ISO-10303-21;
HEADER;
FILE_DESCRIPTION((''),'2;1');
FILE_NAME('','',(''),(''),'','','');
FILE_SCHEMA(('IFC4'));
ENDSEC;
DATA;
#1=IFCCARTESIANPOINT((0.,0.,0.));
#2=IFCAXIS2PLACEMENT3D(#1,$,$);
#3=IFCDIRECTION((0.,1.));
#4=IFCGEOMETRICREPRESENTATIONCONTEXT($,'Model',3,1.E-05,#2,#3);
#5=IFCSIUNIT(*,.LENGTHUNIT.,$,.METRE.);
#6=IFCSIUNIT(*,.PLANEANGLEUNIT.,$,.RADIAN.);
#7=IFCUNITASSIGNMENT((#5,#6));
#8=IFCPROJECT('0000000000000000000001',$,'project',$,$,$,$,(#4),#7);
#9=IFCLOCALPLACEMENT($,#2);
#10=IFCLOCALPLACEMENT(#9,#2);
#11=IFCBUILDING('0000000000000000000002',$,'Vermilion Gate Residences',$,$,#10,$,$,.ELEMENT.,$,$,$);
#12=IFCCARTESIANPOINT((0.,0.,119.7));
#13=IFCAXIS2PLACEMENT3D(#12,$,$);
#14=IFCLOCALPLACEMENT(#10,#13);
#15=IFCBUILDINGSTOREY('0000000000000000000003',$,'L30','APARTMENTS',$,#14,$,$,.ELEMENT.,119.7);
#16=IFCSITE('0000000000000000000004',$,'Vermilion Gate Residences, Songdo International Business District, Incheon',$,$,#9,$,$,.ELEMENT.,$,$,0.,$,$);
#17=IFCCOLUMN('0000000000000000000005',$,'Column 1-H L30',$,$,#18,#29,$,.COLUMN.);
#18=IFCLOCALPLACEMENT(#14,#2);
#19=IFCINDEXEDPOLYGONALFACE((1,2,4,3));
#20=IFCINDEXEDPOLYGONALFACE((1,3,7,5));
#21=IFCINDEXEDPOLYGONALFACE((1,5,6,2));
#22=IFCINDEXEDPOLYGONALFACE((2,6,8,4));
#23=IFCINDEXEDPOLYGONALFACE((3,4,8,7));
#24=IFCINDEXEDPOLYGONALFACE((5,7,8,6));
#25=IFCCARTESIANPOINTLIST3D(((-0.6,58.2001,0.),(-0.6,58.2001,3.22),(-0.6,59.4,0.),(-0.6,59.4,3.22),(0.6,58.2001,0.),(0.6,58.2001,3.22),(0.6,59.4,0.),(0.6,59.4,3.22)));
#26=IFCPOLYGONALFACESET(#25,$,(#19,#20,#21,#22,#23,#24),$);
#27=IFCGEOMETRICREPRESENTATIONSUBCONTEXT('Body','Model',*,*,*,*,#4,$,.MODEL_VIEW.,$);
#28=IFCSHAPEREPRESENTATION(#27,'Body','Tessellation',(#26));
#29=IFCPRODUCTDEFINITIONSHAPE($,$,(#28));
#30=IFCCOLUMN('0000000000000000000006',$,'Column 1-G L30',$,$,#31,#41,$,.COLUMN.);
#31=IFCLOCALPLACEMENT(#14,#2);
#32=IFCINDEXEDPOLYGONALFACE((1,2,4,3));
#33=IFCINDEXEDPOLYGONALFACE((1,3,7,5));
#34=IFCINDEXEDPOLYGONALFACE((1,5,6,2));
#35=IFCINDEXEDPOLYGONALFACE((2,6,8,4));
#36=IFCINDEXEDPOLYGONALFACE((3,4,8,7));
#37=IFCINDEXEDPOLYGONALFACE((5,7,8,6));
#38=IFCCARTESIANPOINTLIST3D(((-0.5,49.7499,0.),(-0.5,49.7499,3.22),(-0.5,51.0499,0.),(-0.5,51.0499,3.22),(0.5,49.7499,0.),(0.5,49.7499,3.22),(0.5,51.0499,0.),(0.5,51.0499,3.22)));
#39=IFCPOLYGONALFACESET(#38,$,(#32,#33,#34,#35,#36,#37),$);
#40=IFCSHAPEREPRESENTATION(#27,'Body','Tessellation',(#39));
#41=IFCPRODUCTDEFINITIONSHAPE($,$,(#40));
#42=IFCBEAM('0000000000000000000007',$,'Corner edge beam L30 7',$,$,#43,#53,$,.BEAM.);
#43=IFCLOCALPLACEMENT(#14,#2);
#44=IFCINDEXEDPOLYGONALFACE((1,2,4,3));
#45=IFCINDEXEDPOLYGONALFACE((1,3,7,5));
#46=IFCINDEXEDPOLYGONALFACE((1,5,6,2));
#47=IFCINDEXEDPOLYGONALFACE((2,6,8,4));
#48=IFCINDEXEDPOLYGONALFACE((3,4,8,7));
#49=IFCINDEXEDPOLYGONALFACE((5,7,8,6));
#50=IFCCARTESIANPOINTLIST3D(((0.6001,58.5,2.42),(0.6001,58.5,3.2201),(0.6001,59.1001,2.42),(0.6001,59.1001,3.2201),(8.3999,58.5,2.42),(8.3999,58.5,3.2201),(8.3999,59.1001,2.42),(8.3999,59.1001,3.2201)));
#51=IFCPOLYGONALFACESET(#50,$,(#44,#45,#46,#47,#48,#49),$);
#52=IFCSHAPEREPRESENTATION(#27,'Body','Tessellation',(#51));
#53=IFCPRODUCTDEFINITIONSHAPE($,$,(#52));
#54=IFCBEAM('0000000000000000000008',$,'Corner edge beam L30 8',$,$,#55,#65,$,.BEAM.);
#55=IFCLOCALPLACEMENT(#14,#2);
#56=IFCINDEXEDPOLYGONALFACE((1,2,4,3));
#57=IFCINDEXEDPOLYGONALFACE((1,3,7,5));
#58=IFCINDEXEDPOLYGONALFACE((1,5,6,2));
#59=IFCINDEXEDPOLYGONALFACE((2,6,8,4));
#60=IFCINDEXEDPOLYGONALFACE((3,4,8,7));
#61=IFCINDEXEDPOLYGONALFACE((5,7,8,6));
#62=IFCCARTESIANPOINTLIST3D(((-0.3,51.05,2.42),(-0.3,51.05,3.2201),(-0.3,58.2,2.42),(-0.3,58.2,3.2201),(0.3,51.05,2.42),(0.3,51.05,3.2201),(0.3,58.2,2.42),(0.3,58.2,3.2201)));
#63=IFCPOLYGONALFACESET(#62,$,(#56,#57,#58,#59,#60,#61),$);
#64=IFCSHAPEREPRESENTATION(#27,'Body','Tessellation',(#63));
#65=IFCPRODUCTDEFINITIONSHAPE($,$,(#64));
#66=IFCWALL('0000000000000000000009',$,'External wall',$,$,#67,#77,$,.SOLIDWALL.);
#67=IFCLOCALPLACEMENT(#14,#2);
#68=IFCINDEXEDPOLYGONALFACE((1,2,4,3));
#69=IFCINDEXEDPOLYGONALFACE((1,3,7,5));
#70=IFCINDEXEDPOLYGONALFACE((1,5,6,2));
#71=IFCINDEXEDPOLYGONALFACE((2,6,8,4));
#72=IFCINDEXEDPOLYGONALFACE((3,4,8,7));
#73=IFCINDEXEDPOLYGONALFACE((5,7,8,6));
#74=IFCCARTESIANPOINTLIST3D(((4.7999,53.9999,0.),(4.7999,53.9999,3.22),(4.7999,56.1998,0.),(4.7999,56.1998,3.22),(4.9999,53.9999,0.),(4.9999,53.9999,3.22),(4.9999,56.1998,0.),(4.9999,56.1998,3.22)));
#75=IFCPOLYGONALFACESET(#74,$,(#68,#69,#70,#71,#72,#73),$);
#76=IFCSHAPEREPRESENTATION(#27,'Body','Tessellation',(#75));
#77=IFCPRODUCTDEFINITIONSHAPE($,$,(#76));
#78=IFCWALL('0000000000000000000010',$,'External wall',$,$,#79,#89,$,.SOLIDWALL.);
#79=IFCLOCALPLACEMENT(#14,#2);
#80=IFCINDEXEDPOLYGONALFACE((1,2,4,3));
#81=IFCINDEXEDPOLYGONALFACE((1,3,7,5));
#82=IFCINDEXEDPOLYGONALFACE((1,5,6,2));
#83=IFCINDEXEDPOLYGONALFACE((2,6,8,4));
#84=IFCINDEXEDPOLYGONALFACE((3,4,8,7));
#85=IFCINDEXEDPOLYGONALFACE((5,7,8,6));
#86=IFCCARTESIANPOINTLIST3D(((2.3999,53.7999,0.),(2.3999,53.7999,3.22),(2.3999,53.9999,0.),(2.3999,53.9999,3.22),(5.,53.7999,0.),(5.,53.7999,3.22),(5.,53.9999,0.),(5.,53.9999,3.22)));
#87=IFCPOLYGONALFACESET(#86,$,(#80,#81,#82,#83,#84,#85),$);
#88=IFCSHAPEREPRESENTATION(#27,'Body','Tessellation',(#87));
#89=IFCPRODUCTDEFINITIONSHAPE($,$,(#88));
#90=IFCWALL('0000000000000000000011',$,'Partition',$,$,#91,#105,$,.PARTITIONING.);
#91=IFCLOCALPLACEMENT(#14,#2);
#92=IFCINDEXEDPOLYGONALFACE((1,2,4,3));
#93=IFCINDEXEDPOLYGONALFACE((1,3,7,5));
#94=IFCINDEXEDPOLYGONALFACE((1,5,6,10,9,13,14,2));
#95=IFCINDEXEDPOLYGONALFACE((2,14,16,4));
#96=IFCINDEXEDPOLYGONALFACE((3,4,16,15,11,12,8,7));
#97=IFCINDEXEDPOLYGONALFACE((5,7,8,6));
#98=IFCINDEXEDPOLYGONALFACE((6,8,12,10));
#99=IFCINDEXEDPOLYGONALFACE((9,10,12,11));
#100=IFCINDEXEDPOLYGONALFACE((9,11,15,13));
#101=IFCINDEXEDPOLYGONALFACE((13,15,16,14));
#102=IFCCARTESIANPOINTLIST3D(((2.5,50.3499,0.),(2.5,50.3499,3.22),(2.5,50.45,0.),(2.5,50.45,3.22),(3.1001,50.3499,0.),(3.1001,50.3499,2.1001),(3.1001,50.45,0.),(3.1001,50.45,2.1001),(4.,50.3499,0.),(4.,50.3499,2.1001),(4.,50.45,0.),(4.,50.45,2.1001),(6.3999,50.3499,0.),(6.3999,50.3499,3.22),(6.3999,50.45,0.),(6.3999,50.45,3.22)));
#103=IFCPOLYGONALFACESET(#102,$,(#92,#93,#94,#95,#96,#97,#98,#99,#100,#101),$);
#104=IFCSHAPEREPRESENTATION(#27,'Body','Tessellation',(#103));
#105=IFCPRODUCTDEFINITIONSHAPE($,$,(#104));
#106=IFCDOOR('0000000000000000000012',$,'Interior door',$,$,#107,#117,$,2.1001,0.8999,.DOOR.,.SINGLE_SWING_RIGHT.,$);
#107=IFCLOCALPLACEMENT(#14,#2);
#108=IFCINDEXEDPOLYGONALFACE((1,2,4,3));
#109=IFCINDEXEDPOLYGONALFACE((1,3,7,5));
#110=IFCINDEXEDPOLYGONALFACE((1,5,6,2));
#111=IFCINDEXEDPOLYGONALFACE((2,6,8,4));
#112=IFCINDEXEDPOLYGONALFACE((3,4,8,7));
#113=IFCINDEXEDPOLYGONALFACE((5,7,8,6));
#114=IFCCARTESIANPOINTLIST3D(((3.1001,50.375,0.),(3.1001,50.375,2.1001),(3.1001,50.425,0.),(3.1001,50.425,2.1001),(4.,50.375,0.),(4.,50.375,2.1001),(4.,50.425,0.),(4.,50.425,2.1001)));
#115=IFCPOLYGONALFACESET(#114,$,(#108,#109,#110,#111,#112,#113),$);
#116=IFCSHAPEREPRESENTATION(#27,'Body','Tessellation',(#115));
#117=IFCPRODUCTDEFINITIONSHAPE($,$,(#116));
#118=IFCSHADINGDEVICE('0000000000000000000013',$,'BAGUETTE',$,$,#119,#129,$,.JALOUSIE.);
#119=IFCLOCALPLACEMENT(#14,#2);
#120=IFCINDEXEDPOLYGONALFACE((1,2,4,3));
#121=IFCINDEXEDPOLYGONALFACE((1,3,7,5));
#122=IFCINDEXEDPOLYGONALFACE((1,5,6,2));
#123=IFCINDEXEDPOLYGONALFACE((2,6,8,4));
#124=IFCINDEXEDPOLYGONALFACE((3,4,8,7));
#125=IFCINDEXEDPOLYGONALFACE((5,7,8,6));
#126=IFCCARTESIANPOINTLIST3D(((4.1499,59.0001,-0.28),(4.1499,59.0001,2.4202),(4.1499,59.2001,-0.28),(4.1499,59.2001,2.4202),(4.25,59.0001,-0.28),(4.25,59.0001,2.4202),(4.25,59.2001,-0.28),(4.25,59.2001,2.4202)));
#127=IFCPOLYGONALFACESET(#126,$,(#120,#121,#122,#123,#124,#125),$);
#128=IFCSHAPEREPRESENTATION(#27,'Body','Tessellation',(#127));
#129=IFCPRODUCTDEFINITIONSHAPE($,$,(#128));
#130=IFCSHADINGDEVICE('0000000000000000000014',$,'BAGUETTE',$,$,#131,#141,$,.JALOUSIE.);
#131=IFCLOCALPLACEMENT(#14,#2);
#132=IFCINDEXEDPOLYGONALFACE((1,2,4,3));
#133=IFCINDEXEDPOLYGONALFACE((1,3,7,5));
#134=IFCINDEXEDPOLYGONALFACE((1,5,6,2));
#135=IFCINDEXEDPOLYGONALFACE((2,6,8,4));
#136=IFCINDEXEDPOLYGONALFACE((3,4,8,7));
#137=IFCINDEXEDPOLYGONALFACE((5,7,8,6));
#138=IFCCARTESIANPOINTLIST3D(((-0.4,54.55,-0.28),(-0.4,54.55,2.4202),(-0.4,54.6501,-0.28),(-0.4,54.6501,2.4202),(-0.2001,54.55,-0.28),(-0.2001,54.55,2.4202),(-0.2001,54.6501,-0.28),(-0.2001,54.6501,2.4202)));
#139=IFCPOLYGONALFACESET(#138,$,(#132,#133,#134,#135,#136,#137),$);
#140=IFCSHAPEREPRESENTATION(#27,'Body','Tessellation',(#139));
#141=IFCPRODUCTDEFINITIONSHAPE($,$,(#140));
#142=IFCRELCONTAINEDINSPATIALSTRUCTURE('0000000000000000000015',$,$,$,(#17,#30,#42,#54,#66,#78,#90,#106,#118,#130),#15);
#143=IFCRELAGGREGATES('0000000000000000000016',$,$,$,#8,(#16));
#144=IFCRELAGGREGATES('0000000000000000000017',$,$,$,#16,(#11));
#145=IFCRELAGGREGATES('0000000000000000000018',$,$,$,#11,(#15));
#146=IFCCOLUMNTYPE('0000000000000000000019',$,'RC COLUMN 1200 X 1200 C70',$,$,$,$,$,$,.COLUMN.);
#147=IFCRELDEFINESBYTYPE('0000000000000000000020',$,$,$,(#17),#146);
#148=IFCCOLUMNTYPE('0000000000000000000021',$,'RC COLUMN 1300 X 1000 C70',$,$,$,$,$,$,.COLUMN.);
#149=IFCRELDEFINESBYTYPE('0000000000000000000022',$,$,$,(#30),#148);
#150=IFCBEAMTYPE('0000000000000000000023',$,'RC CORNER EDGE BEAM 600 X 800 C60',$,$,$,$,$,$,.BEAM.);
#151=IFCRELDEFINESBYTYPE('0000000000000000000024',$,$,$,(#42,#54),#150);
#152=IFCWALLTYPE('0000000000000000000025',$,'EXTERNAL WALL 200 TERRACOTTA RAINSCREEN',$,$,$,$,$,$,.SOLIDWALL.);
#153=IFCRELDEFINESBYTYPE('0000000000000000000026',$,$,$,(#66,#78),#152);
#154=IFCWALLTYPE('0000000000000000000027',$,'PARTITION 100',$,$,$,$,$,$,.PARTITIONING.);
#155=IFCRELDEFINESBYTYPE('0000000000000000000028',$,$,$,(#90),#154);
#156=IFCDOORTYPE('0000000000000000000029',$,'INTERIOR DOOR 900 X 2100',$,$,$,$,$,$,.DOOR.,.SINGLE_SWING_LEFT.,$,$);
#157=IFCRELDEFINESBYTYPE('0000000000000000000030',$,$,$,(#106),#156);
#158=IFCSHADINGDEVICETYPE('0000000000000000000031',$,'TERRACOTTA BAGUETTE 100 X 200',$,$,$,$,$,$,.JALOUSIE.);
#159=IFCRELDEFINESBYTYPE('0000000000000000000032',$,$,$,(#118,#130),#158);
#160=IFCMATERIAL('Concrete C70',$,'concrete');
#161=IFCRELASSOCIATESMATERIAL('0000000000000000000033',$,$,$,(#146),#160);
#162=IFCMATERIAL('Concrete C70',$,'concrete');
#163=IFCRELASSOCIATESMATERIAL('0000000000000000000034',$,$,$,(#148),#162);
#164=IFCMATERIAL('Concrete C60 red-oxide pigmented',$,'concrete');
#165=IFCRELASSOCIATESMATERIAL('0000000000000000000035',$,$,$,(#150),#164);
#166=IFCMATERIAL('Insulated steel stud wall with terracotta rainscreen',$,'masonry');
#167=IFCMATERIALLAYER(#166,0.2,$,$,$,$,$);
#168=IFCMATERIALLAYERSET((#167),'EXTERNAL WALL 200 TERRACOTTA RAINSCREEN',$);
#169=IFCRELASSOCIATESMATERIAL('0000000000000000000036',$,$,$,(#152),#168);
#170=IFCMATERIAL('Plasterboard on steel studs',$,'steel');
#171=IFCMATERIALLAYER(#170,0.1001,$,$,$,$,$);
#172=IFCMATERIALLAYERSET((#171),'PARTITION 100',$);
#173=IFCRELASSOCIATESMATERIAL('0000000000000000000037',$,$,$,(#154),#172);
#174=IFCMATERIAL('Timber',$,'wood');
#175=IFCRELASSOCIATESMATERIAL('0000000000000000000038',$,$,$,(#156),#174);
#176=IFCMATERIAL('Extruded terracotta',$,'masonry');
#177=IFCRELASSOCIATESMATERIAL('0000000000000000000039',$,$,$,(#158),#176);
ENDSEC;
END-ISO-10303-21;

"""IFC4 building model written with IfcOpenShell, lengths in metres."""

from ifc_helpers import new_model, si_unit, direction, frame, frame_2d, origin, origin_2d, place, context, subcontext, project, spatial, rectangle, extrude, material, layer, layer_set, material_profile, profile_set, type_object, element, fill, save


model = new_model("IFC4")

# Units and contexts
model_context = context("Model", 3, precision=1e-05, world=origin(), true_north=direction((0.0, 1.0)))
body_context = subcontext(model_context, "Body", "Model", "MODEL_VIEW")
ifc_project = project(units=[si_unit("LENGTHUNIT", "METRE"), si_unit("PLANEANGLEUNIT", "RADIAN")], contexts=[model_context])

# Site, building, storey
site_placement = place(None, origin())
site = spatial("IfcSite", under=ifc_project, at=site_placement, Name="Vermilion Gate Residences, Songdo International Business District, Incheon", CompositionType="ELEMENT", RefElevation=0.0)
building_placement = place(site_placement, origin())
building = spatial("IfcBuilding", under=site, at=building_placement, Name="Vermilion Gate Residences", CompositionType="ELEMENT")
storey_placement = place(building_placement, frame((0.0, 0.0, 119.7)))
storey = spatial("IfcBuildingStorey", under=building, at=storey_placement, Name="L30", Description="APARTMENTS", CompositionType="ELEMENT", Elevation=119.7)

# Columns
ifc_material_1 = material(Name="Concrete C70", Category="concrete")
ifc_material_profile_1 = material_profile(ifc_material_1, rectangle(XDim=1.2, YDim=1.2, at=origin_2d()), Name="RC-1200x1200")
ifc_profile_set_1 = profile_set([ifc_material_profile_1], Name="Concrete C70")
column_type_1 = type_object("IfcColumnType", Name="RC COLUMN 1200 X 1200 C70", PredefinedType="COLUMN", material=ifc_profile_set_1)
column_1_placement = place(storey_placement, frame((0.0, 58.8, 0.0), z_axis=(0.0, 0.0, 1.0), x_axis=(1.0, 0.0, 0.0)))
element("IfcColumn", 1, at=column_1_placement, inside=storey, type_object=column_type_1, Name="Column 1-H L30", PredefinedType="COLUMN", context=body_context, shape_type="SweptSolid", body=[
    extrude(rectangle(XDim=1.2, YDim=1.2, at=origin_2d()), origin(), (0.0, 0.0, 1.0), 3.22),
])
ifc_material_2 = material(Name="Concrete C70", Category="concrete")
ifc_material_profile_2 = material_profile(ifc_material_2, rectangle(XDim=1.3, YDim=1.0, at=origin_2d()), Name="RC-1300x1000")
ifc_profile_set_2 = profile_set([ifc_material_profile_2], Name="Concrete C70")
column_type_2 = type_object("IfcColumnType", Name="RC COLUMN 1300 X 1000 C70", PredefinedType="COLUMN", material=ifc_profile_set_2)
column_2_placement = place(storey_placement, frame((0.0, 50.3999, 0.0), z_axis=(0.0, 0.0, 1.0), x_axis=(0.0, 1.0, 0.0)))
element("IfcColumn", 2, at=column_2_placement, inside=storey, type_object=column_type_2, Name="Column 1-G L30", PredefinedType="COLUMN", context=body_context, shape_type="SweptSolid", body=[
    extrude(rectangle(XDim=1.3, YDim=1.0, at=origin_2d()), origin(), (0.0, 0.0, 1.0), 3.22),
])

# Beams
ifc_material_3 = material(Name="Concrete C60 red-oxide pigmented", Category="concrete")
ifc_material_profile_3 = material_profile(ifc_material_3, rectangle(XDim=0.6001, YDim=0.8, at=origin_2d()), Name="RC-600x800")
ifc_profile_set_3 = profile_set([ifc_material_profile_3], Name="Concrete C60 red-oxide pigmented")
beam_type = type_object("IfcBeamType", Name="RC CORNER EDGE BEAM 600 X 800 C60", PredefinedType="BEAM", material=ifc_profile_set_3)
beam_1_placement = place(storey_placement, frame((0.6001, 58.8, 2.8201), z_axis=(1.0, 0.0, 0.0), x_axis=(0.0, 1.0, 0.0)))
element("IfcBeam", 3, at=beam_1_placement, inside=storey, type_object=beam_type, Name="Corner edge beam L30 7", PredefinedType="BEAM", context=body_context, shape_type="SweptSolid", body=[
    extrude(rectangle(XDim=0.6001, YDim=0.8, at=origin_2d()), origin(), (0.0, 0.0, 1.0), 7.7998),
])
beam_2_placement = place(storey_placement, frame((0.0, 51.05, 2.8201), z_axis=(0.0, 1.0, 0.0), x_axis=(-1.0, 0.0, 0.0)))
element("IfcBeam", 4, at=beam_2_placement, inside=storey, type_object=beam_type, Name="Corner edge beam L30 8", PredefinedType="BEAM", context=body_context, shape_type="SweptSolid", body=[
    extrude(rectangle(XDim=0.6001, YDim=0.8, at=origin_2d()), origin(), (0.0, 0.0, 1.0), 7.1499),
])

# Walls
ifc_material_4 = material(Name="Insulated steel stud wall with terracotta rainscreen", Category="masonry")
ifc_layer_1 = layer(ifc_material_4, 0.2)
ifc_layer_set_1 = layer_set([ifc_layer_1], Name="EXTERNAL WALL 200 TERRACOTTA RAINSCREEN")
wall_type_1 = type_object("IfcWallType", Name="EXTERNAL WALL 200 TERRACOTTA RAINSCREEN", PredefinedType="SOLIDWALL", material=ifc_layer_set_1)
wall_1_placement = place(storey_placement, frame((4.8999, 56.2, 0.0), z_axis=(0.0, 0.0, 1.0), x_axis=(0.0, -1.0, 0.0)))
element("IfcWall", 5, at=wall_1_placement, inside=storey, type_object=wall_type_1, Name="External wall", PredefinedType="SOLIDWALL", context=body_context, shape_type="SweptSolid", body=[
    extrude(rectangle(XDim=2.2, YDim=0.2, at=frame_2d((1.1001, 0.0))), origin(), (0.0, 0.0, 1.0), 3.22),
])
wall_2_placement = place(storey_placement, frame((5.0, 53.8999, 0.0), z_axis=(0.0, 0.0, 1.0), x_axis=(-1.0, 0.0, 0.0)))
element("IfcWall", 6, at=wall_2_placement, inside=storey, type_object=wall_type_1, Name="External wall", PredefinedType="SOLIDWALL", context=body_context, shape_type="SweptSolid", body=[
    extrude(rectangle(XDim=2.6001, YDim=0.2, at=frame_2d((1.3, 0.0))), origin(), (0.0, 0.0, 1.0), 3.22),
])

# Wall, opening, door
ifc_material_5 = material(Name="Plasterboard on steel studs", Category="steel")
ifc_layer_2 = layer(ifc_material_5, 0.1001)
ifc_layer_set_2 = layer_set([ifc_layer_2], Name="PARTITION 100")
wall_type_2 = type_object("IfcWallType", Name="PARTITION 100", PredefinedType="PARTITIONING", material=ifc_layer_set_2)
wall_3_placement = place(storey_placement, frame((2.5, 50.3999, 0.0), z_axis=(0.0, 0.0, 1.0), x_axis=(1.0, 0.0, 0.0)))
wall_3 = element("IfcWall", 7, at=wall_3_placement, inside=storey, type_object=wall_type_2, Name="Partition", PredefinedType="PARTITIONING", context=body_context, shape_type="SweptSolid", body=[
    extrude(rectangle(XDim=3.8999, YDim=0.1001, at=frame_2d((1.95, 0.0))), origin(), (0.0, 0.0, 1.0), 3.22),
])
opening_1_placement = place(wall_3_placement, frame((0.6001, 0.0, 0.0)))
opening_1 = element("IfcOpeningElement", 8, at=opening_1_placement, cuts=wall_3, PredefinedType="OPENING", context=body_context, shape_type="SweptSolid", body=[
    extrude(rectangle(XDim=0.8999, YDim=2.1001, at=frame_2d((0.45, 1.05))), frame((0.0, 0.0601, 0.0), z_axis=(0.0, -1.0, 0.0), x_axis=(1.0, 0.0, 0.0)), (0.0, 0.0, 1.0), 0.1201),
])
ifc_material_6 = material(Name="Timber", Category="wood")
door_type_1 = type_object("IfcDoorType", Name="INTERIOR DOOR 900 X 2100", OperationType="SINGLE_SWING_LEFT", PredefinedType="DOOR", material=ifc_material_6)
door_1_placement = place(opening_1_placement, frame((0.8999, 0.0, 0.0), z_axis=(0.0, 0.0, 1.0), x_axis=(-1.0, 0.0, 0.0)))
door_1 = element("IfcDoor", 9, at=door_1_placement, inside=storey, type_object=door_type_1, Name="Interior door", OperationType="SINGLE_SWING_RIGHT", OverallHeight=2.1001, OverallWidth=0.8999, PredefinedType="DOOR", context=body_context, shape_type="SweptSolid", body=[
    extrude(rectangle(XDim=0.8999, YDim=2.1001, at=frame_2d((0.45, 1.05))), frame((0.0, 0.0249, 0.0), z_axis=(0.0, -1.0, 0.0), x_axis=(1.0, 0.0, 0.0)), (0.0, 0.0, 1.0), 0.05),
])
fill(opening_1, door_1)

# Shading devices
ifc_material_7 = material(Name="Extruded terracotta", Category="masonry")
ifc_material_profile_4 = material_profile(ifc_material_7, rectangle(XDim=0.2, YDim=0.1001, at=origin_2d()), Name="BAGUETTE 100 X 200")
ifc_profile_set_4 = profile_set([ifc_material_profile_4], Name="Extruded terracotta")
shading_device_type = type_object("IfcShadingDeviceType", Name="TERRACOTTA BAGUETTE 100 X 200", PredefinedType="JALOUSIE", material=ifc_profile_set_4)
for number, where, z_axis, x_axis, name in (
    (10, (4.2, 59.1001, -0.28), (0.0, 0.0, 1.0), (0.0, -1.0, 0.0), "BAGUETTE"),
    (11, (-0.3, 54.6001, -0.28), (0.0, 0.0, 1.0), (1.0, 0.0, 0.0), "BAGUETTE"),
):
    element("IfcShadingDevice", number, at=place(storey_placement, frame(where, z_axis=z_axis, x_axis=x_axis)), inside=storey, type_object=shading_device_type, Name=name, PredefinedType="JALOUSIE", context=body_context, shape_type="SweptSolid", body=[
        extrude(rectangle(XDim=0.2, YDim=0.1001, at=origin_2d()), origin(), (0.0, 0.0, 1.0), 2.7002),
    ])

save(model, "model.ifc")
